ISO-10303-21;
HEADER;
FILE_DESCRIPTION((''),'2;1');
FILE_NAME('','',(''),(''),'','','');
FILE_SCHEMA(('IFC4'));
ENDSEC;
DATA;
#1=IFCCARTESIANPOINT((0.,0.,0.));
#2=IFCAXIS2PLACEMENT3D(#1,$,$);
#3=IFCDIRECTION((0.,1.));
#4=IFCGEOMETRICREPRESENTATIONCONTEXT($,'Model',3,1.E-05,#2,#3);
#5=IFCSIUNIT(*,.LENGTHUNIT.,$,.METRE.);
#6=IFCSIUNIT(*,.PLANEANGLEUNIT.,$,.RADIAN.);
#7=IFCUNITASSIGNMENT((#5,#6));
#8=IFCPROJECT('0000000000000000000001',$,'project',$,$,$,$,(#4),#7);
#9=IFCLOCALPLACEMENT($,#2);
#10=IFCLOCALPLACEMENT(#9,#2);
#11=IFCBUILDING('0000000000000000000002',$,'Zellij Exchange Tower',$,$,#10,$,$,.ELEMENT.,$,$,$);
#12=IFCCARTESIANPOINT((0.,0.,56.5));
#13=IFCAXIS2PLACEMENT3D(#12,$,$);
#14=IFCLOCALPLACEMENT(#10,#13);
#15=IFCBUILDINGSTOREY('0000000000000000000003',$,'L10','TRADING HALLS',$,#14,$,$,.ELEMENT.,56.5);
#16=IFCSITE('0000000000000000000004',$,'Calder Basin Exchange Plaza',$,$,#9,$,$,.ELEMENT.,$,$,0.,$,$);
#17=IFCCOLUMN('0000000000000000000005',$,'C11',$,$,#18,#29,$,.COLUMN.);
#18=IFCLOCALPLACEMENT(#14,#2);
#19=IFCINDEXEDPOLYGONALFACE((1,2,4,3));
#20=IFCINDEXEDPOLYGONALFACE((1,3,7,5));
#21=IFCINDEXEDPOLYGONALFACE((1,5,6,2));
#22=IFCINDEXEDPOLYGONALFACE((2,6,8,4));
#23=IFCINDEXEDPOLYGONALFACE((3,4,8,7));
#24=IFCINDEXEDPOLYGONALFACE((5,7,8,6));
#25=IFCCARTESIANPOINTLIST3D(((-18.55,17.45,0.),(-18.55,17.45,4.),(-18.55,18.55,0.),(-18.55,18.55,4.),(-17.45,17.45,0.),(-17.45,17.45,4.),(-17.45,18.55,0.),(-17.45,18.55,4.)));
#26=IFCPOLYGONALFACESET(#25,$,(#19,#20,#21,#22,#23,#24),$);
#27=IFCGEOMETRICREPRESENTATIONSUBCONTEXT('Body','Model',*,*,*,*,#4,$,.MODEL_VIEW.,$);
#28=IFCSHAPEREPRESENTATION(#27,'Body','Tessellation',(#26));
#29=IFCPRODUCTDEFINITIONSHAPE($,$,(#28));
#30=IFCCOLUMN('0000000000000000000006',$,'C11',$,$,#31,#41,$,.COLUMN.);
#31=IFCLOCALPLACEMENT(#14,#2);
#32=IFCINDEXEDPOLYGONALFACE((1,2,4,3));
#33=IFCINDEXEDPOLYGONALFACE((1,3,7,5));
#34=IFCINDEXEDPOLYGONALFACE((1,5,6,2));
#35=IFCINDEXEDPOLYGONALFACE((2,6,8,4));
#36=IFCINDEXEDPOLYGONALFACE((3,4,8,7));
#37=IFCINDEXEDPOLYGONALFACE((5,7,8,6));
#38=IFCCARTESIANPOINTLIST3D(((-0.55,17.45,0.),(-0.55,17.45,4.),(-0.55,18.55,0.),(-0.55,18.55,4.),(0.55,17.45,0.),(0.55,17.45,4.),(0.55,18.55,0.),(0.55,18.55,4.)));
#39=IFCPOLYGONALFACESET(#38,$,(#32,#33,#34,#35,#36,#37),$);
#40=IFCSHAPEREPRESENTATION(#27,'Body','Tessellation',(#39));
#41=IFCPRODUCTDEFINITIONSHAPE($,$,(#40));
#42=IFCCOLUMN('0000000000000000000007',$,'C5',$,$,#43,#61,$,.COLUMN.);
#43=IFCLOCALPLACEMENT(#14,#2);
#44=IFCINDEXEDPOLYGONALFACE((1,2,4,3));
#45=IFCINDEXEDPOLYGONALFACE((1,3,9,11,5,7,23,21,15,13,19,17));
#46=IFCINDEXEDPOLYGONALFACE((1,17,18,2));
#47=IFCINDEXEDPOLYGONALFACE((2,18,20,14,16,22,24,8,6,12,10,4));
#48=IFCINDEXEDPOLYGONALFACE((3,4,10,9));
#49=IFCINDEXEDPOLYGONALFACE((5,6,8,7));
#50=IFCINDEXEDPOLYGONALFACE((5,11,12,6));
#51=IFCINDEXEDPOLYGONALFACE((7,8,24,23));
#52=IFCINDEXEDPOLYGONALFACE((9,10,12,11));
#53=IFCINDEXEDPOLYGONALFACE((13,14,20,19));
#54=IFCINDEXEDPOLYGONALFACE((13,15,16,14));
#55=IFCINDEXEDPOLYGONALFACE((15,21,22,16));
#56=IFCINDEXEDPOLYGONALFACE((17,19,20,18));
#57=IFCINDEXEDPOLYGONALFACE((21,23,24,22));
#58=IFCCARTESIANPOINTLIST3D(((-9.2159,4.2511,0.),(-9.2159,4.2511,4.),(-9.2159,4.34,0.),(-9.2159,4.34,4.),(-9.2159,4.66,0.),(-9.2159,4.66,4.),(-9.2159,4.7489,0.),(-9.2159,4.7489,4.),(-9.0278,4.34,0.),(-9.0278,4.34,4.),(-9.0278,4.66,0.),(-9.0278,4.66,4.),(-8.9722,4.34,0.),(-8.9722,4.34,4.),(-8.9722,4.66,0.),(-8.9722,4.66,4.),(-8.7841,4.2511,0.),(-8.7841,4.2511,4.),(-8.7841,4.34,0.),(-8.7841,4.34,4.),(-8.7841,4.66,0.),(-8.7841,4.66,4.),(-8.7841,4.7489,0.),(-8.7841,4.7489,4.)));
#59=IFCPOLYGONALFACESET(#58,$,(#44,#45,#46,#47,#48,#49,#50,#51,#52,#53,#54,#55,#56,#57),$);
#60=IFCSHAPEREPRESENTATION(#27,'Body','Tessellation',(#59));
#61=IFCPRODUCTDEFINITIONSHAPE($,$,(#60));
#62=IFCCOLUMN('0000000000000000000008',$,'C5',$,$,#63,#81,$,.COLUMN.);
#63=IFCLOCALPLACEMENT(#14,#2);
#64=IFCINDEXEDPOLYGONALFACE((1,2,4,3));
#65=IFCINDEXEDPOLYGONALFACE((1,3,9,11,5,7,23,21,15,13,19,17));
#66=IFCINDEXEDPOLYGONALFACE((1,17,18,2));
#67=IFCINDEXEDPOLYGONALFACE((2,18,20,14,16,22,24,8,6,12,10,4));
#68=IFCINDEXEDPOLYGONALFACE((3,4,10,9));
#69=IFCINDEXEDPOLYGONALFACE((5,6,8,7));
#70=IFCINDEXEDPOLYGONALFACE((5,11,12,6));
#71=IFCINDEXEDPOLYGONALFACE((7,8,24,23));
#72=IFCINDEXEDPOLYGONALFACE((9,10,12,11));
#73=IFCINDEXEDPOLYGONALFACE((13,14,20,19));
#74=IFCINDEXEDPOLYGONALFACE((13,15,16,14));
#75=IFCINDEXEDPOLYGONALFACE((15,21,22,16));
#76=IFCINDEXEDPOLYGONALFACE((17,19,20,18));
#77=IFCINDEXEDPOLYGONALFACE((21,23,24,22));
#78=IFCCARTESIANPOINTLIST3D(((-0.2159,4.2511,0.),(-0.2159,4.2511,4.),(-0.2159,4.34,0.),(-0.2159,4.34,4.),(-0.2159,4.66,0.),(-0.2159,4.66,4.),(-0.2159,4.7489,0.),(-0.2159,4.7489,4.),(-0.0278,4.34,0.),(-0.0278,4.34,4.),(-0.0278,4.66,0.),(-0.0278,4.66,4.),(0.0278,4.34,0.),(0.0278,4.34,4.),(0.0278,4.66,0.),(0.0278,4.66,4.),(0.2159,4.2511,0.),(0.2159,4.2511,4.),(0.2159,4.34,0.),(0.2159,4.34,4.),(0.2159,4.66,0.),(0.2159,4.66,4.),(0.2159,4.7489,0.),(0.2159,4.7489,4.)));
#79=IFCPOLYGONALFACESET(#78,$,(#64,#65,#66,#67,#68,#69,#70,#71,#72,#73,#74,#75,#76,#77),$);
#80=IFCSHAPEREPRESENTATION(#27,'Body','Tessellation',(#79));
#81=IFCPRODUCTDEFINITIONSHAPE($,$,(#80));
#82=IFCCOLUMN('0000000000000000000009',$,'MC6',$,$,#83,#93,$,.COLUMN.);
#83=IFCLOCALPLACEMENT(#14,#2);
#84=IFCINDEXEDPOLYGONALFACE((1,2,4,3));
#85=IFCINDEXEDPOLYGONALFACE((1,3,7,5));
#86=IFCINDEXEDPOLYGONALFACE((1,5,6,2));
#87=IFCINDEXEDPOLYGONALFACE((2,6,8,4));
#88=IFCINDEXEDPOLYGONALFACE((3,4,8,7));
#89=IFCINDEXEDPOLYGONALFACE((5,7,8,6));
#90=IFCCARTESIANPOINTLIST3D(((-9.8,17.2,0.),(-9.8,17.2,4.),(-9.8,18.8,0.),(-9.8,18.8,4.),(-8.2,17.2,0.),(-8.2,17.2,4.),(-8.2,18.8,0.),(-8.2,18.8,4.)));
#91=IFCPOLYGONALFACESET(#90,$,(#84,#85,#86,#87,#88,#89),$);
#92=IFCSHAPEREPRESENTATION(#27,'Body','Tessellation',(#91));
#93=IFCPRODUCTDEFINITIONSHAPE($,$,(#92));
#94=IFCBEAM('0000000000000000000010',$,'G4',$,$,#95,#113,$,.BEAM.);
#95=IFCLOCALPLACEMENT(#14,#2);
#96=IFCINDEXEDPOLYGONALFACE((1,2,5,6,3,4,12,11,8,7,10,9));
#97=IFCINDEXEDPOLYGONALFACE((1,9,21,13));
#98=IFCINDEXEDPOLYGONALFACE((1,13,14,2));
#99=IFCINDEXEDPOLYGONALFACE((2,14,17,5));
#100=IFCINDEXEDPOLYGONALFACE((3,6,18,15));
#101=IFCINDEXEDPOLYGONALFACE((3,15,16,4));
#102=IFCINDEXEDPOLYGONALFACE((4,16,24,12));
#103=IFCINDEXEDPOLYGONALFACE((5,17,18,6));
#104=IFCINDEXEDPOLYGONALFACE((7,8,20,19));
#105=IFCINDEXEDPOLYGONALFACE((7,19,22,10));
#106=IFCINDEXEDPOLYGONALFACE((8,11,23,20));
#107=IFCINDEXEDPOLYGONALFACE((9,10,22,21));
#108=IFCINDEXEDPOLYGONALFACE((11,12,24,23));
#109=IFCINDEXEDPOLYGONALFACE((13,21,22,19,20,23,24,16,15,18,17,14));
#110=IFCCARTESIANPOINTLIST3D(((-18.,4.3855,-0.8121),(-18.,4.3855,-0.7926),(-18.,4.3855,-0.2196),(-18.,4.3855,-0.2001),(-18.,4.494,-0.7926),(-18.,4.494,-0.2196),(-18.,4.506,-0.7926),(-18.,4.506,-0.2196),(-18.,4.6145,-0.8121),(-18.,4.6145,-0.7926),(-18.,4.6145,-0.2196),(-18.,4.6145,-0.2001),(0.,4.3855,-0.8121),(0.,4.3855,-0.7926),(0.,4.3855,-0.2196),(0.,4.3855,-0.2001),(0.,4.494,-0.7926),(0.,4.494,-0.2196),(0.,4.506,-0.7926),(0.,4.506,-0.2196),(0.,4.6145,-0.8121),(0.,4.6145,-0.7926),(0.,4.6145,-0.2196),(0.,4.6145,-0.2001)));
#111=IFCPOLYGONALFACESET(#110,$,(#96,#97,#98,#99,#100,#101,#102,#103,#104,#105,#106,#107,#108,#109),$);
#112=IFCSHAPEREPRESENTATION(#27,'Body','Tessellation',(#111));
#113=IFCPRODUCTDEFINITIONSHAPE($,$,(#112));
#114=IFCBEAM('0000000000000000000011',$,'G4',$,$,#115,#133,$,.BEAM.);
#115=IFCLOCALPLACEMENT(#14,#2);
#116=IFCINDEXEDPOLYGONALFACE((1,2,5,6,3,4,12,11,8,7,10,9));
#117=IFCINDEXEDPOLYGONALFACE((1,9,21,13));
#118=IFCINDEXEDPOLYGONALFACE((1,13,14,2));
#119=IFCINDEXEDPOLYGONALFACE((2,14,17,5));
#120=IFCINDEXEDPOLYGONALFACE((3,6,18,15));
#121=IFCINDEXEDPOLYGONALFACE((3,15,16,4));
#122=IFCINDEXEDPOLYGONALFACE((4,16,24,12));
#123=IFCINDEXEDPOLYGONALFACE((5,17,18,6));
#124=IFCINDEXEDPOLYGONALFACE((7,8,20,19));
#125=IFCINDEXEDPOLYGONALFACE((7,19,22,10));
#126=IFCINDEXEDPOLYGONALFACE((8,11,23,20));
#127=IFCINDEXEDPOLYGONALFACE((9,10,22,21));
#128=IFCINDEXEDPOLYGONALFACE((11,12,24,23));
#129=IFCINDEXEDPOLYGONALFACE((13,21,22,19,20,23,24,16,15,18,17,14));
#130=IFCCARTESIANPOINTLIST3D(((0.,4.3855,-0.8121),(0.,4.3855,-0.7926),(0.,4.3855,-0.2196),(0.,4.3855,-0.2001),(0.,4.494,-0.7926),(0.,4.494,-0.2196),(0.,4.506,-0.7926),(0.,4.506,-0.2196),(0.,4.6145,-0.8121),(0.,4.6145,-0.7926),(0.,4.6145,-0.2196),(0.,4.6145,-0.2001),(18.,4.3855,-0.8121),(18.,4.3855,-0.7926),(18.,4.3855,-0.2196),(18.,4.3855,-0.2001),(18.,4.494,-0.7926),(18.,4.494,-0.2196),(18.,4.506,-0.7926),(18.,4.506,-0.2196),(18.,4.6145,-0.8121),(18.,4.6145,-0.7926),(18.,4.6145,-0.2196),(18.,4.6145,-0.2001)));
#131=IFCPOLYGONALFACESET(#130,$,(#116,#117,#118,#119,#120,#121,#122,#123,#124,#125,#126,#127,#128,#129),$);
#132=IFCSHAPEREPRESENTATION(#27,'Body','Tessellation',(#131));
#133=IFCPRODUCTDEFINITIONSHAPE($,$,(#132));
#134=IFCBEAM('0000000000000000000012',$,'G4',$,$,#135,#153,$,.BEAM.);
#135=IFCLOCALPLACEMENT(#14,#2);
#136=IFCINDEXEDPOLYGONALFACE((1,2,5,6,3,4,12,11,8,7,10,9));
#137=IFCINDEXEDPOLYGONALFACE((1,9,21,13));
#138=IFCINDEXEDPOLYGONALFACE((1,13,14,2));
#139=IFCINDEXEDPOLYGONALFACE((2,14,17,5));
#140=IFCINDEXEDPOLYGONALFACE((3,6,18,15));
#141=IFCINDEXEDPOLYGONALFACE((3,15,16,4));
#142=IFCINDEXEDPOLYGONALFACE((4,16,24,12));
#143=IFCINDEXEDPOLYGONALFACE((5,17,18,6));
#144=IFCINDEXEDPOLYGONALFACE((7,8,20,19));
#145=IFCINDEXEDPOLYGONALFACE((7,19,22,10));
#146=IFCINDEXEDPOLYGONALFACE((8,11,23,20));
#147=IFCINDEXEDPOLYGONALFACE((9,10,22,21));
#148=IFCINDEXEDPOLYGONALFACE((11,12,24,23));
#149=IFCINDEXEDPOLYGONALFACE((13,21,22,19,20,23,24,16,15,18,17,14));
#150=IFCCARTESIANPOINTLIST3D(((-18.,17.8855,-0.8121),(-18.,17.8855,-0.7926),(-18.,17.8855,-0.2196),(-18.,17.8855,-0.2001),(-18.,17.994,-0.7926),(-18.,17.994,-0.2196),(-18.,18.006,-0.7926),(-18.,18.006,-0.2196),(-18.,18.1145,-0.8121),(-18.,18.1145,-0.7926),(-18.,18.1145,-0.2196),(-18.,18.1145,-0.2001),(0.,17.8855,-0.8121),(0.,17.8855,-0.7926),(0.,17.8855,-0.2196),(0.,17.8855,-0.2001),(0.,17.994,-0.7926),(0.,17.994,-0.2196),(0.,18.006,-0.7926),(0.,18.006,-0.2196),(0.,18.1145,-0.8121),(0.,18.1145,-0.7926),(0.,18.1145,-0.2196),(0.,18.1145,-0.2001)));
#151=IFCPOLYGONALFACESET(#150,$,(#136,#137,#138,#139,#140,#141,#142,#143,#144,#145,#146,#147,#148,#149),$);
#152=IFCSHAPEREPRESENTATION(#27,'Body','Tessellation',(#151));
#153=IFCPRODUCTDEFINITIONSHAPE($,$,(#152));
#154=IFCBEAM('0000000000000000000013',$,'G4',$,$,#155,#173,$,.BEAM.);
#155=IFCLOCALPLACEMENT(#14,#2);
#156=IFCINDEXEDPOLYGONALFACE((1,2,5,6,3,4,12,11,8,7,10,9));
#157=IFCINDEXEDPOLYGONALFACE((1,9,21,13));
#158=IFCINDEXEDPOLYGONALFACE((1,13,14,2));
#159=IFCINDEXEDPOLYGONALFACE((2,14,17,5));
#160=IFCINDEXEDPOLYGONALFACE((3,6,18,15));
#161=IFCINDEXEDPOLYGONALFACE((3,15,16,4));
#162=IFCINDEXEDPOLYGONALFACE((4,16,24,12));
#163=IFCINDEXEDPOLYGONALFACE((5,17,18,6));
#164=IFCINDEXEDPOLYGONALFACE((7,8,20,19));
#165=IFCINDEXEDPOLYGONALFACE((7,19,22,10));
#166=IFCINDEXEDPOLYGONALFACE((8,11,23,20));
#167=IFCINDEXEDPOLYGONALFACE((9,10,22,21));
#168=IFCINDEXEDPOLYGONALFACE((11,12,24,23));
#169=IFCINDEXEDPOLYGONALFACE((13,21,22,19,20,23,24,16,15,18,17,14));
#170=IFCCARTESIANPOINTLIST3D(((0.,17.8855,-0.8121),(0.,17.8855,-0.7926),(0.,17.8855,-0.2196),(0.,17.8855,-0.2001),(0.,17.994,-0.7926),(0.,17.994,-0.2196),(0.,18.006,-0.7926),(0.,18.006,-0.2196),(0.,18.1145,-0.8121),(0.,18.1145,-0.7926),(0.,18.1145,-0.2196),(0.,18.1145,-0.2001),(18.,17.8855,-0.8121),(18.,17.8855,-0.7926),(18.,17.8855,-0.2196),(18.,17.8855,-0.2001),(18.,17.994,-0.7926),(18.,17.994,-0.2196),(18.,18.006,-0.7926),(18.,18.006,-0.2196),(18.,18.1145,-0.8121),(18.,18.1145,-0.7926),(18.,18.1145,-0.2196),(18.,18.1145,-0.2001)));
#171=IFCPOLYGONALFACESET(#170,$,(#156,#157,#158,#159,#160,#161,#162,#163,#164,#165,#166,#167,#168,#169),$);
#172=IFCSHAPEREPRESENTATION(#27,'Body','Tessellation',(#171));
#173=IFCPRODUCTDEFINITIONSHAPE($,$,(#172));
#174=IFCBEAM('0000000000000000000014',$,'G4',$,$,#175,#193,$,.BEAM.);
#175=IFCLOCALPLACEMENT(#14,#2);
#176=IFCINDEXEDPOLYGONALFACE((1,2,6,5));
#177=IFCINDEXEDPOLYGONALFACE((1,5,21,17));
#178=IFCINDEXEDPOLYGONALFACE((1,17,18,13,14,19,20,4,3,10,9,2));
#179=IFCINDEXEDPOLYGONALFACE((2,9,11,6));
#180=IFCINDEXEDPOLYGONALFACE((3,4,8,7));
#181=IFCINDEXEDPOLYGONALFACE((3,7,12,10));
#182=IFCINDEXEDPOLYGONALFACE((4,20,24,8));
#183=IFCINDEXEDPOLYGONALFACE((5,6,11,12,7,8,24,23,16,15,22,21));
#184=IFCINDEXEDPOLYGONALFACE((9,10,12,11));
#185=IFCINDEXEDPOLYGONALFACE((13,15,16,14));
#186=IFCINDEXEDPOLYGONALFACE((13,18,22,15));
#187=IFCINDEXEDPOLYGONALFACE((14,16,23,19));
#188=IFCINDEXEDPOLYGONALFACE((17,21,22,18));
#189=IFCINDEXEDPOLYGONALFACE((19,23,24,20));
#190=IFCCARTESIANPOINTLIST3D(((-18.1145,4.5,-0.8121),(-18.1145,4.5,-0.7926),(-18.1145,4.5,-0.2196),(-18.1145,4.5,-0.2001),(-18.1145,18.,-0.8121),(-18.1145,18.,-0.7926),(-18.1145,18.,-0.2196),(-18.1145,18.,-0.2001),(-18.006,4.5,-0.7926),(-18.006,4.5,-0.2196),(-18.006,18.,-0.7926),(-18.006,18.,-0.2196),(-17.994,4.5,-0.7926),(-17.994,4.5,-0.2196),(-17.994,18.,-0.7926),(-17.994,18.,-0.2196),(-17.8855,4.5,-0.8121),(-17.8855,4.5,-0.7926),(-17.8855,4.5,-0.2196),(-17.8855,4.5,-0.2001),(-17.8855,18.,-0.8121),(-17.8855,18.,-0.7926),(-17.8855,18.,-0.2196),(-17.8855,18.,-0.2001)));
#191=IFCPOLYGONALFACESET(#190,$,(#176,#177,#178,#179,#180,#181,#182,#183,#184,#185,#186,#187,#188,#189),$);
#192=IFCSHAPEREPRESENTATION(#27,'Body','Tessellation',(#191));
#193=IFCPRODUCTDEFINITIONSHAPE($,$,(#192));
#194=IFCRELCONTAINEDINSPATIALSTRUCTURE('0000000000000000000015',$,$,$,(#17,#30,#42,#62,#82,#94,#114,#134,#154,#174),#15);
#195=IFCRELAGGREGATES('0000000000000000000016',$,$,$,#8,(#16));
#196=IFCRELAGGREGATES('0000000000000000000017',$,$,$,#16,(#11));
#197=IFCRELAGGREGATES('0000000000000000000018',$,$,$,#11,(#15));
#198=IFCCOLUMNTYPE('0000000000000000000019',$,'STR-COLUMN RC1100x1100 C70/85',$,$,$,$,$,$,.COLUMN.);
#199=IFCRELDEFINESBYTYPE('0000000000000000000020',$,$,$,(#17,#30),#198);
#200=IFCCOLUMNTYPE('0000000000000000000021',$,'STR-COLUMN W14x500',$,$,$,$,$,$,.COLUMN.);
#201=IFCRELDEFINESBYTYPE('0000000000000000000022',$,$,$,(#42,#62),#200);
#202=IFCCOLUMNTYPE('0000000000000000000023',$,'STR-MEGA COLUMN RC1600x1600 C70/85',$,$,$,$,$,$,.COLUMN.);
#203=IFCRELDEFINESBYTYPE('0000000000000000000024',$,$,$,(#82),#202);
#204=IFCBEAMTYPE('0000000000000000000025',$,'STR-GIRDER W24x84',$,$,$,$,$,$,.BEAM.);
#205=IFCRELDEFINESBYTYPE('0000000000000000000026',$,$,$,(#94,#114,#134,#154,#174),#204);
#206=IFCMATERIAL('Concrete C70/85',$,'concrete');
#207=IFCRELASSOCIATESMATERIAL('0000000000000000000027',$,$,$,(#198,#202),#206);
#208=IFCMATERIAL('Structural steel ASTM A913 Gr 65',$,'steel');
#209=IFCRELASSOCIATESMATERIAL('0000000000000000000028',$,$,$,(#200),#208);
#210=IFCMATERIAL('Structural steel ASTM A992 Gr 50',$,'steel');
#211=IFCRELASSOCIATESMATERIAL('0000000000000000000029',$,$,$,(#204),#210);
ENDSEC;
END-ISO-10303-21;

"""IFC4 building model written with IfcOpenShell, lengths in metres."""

from ifc_helpers import new_model, si_unit, direction, frame, origin, origin_2d, place, context, subcontext, project, spatial, rectangle, i_section, extrude, material, material_profile, profile_set, type_object, element, save


model = new_model("IFC4")

# Units and contexts
model_context = context("Model", 3, precision=1e-05, world=origin(), true_north=direction((0.0, 1.0)))
body_context = subcontext(model_context, "Body", "Model", "MODEL_VIEW")
ifc_project = project(units=[si_unit("LENGTHUNIT", "METRE"), si_unit("PLANEANGLEUNIT", "RADIAN")], contexts=[model_context])

# Site, building, storey
site_placement = place(None, origin())
site = spatial("IfcSite", under=ifc_project, at=site_placement, Name="Calder Basin Exchange Plaza", CompositionType="ELEMENT", RefElevation=0.0)
building_placement = place(site_placement, origin())
building = spatial("IfcBuilding", under=site, at=building_placement, Name="Zellij Exchange Tower", CompositionType="ELEMENT")
storey_placement = place(building_placement, frame((0.0, 0.0, 56.5)))
storey = spatial("IfcBuildingStorey", under=building, at=storey_placement, Name="L10", Description="TRADING HALLS", CompositionType="ELEMENT", Elevation=56.5)

# Columns
ifc_material_1 = material(Name="Concrete C70/85", Category="concrete")
ifc_material_profile_1 = material_profile(ifc_material_1, rectangle(XDim=1.1001, YDim=1.1001, at=origin_2d()), Name="STR-COLUMN RC1100x1100 C70/85")
ifc_profile_set_1 = profile_set([ifc_material_profile_1], Name="Concrete C70/85")
column_type_1 = type_object("IfcColumnType", Name="STR-COLUMN RC1100x1100 C70/85", PredefinedType="COLUMN", material=ifc_profile_set_1)
for number, where, z_axis, x_axis, name in (
    (1, (-18.0, 18.0, 0.0), (0.0, 0.0, 1.0), (1.0, 0.0, 0.0), "C11"),
    (2, (0.0, 18.0, 0.0), (0.0, 0.0, 1.0), (1.0, 0.0, 0.0), "C11"),
):
    element("IfcColumn", number, at=place(storey_placement, frame(where, z_axis=z_axis, x_axis=x_axis)), inside=storey, type_object=column_type_1, Name=name, PredefinedType="COLUMN", context=body_context, shape_type="SweptSolid", body=[
        extrude(rectangle(XDim=1.1001, YDim=1.1001, at=origin_2d()), origin(), (0.0, 0.0, 1.0), 4.0),
    ])
ifc_material_2 = material(Name="Structural steel ASTM A913 Gr 65", Category="steel")
ifc_material_profile_2 = material_profile(ifc_material_2, i_section(OverallWidth=0.4319, OverallDepth=0.4978, WebThickness=0.0557, FlangeThickness=0.0889, at=origin_2d()), Name="W14x500")
ifc_profile_set_2 = profile_set([ifc_material_profile_2], Name="Structural steel ASTM A913 Gr 65")
column_type_2 = type_object("IfcColumnType", Name="STR-COLUMN W14x500", PredefinedType="COLUMN", material=ifc_profile_set_2)
for number, where, z_axis, x_axis, name in (
    (3, (-9.0, 4.5, 0.0), (0.0, 0.0, 1.0), (1.0, 0.0, 0.0), "C5"),
    (4, (0.0, 4.5, 0.0), (0.0, 0.0, 1.0), (1.0, 0.0, 0.0), "C5"),
):
    element("IfcColumn", number, at=place(storey_placement, frame(where, z_axis=z_axis, x_axis=x_axis)), inside=storey, type_object=column_type_2, Name=name, PredefinedType="COLUMN", context=body_context, shape_type="SweptSolid", body=[
        extrude(i_section(OverallWidth=0.4319, OverallDepth=0.4978, WebThickness=0.0557, FlangeThickness=0.0889, at=origin_2d()), origin(), (0.0, 0.0, 1.0), 4.0),
    ])
ifc_material_profile_3 = material_profile(ifc_material_1, rectangle(XDim=1.6001, YDim=1.6001, at=origin_2d()), Name="STR-MEGA COLUMN RC1600x1600 C70/85")
ifc_profile_set_3 = profile_set([ifc_material_profile_3], Name="Concrete C70/85")
column_type_3 = type_object("IfcColumnType", Name="STR-MEGA COLUMN RC1600x1600 C70/85", PredefinedType="COLUMN", material=ifc_profile_set_3)
column_placement = place(storey_placement, frame((-9.0, 18.0, 0.0), z_axis=(0.0, 0.0, 1.0), x_axis=(1.0, 0.0, 0.0)))
element("IfcColumn", 5, at=column_placement, inside=storey, type_object=column_type_3, Name="MC6", PredefinedType="COLUMN", context=body_context, shape_type="SweptSolid", body=[
    extrude(rectangle(XDim=1.6001, YDim=1.6001, at=origin_2d()), origin(), (0.0, 0.0, 1.0), 4.0),
])

# Beams
ifc_material_3 = material(Name="Structural steel ASTM A992 Gr 50", Category="steel")
ifc_material_profile_4 = material_profile(ifc_material_3, i_section(OverallWidth=0.229, OverallDepth=0.6121, WebThickness=0.012, FlangeThickness=0.0195, at=origin_2d()), Name="W24x84")
ifc_profile_set_4 = profile_set([ifc_material_profile_4], Name="Structural steel ASTM A992 Gr 50")
beam_type = type_object("IfcBeamType", Name="STR-GIRDER W24x84", PredefinedType="BEAM", material=ifc_profile_set_4)
for number, where, z_axis, x_axis, name in (
    (6, (-18.0, 4.5, -0.5061), (1.0, 0.0, 0.0), (0.0, 1.0, 0.0), "G4"),
    (7, (0.0, 4.5, -0.5061), (1.0, 0.0, 0.0), (0.0, 1.0, 0.0), "G4"),
    (8, (-18.0, 18.0, -0.5061), (1.0, 0.0, 0.0), (0.0, 1.0, 0.0), "G4"),
    (9, (0.0, 18.0, -0.5061), (1.0, 0.0, 0.0), (0.0, 1.0, 0.0), "G4"),
):
    element("IfcBeam", number, at=place(storey_placement, frame(where, z_axis=z_axis, x_axis=x_axis)), inside=storey, type_object=beam_type, Name=name, PredefinedType="BEAM", context=body_context, shape_type="SweptSolid", body=[
        extrude(i_section(OverallWidth=0.229, OverallDepth=0.6121, WebThickness=0.012, FlangeThickness=0.0195, at=origin_2d()), origin(), (0.0, 0.0, 1.0), 18.0),
    ])
for number, where, z_axis, x_axis, name in (
    (10, (-18.0, 4.5, -0.5061), (0.0, 1.0, 0.0), (-1.0, 0.0, 0.0), "G4"),
):
    element("IfcBeam", number, at=place(storey_placement, frame(where, z_axis=z_axis, x_axis=x_axis)), inside=storey, type_object=beam_type, Name=name, PredefinedType="BEAM", context=body_context, shape_type="SweptSolid", body=[
        extrude(i_section(OverallWidth=0.229, OverallDepth=0.6121, WebThickness=0.012, FlangeThickness=0.0195, at=origin_2d()), origin(), (0.0, 0.0, 1.0), 13.5),
    ])

save(model, "model.ifc")
